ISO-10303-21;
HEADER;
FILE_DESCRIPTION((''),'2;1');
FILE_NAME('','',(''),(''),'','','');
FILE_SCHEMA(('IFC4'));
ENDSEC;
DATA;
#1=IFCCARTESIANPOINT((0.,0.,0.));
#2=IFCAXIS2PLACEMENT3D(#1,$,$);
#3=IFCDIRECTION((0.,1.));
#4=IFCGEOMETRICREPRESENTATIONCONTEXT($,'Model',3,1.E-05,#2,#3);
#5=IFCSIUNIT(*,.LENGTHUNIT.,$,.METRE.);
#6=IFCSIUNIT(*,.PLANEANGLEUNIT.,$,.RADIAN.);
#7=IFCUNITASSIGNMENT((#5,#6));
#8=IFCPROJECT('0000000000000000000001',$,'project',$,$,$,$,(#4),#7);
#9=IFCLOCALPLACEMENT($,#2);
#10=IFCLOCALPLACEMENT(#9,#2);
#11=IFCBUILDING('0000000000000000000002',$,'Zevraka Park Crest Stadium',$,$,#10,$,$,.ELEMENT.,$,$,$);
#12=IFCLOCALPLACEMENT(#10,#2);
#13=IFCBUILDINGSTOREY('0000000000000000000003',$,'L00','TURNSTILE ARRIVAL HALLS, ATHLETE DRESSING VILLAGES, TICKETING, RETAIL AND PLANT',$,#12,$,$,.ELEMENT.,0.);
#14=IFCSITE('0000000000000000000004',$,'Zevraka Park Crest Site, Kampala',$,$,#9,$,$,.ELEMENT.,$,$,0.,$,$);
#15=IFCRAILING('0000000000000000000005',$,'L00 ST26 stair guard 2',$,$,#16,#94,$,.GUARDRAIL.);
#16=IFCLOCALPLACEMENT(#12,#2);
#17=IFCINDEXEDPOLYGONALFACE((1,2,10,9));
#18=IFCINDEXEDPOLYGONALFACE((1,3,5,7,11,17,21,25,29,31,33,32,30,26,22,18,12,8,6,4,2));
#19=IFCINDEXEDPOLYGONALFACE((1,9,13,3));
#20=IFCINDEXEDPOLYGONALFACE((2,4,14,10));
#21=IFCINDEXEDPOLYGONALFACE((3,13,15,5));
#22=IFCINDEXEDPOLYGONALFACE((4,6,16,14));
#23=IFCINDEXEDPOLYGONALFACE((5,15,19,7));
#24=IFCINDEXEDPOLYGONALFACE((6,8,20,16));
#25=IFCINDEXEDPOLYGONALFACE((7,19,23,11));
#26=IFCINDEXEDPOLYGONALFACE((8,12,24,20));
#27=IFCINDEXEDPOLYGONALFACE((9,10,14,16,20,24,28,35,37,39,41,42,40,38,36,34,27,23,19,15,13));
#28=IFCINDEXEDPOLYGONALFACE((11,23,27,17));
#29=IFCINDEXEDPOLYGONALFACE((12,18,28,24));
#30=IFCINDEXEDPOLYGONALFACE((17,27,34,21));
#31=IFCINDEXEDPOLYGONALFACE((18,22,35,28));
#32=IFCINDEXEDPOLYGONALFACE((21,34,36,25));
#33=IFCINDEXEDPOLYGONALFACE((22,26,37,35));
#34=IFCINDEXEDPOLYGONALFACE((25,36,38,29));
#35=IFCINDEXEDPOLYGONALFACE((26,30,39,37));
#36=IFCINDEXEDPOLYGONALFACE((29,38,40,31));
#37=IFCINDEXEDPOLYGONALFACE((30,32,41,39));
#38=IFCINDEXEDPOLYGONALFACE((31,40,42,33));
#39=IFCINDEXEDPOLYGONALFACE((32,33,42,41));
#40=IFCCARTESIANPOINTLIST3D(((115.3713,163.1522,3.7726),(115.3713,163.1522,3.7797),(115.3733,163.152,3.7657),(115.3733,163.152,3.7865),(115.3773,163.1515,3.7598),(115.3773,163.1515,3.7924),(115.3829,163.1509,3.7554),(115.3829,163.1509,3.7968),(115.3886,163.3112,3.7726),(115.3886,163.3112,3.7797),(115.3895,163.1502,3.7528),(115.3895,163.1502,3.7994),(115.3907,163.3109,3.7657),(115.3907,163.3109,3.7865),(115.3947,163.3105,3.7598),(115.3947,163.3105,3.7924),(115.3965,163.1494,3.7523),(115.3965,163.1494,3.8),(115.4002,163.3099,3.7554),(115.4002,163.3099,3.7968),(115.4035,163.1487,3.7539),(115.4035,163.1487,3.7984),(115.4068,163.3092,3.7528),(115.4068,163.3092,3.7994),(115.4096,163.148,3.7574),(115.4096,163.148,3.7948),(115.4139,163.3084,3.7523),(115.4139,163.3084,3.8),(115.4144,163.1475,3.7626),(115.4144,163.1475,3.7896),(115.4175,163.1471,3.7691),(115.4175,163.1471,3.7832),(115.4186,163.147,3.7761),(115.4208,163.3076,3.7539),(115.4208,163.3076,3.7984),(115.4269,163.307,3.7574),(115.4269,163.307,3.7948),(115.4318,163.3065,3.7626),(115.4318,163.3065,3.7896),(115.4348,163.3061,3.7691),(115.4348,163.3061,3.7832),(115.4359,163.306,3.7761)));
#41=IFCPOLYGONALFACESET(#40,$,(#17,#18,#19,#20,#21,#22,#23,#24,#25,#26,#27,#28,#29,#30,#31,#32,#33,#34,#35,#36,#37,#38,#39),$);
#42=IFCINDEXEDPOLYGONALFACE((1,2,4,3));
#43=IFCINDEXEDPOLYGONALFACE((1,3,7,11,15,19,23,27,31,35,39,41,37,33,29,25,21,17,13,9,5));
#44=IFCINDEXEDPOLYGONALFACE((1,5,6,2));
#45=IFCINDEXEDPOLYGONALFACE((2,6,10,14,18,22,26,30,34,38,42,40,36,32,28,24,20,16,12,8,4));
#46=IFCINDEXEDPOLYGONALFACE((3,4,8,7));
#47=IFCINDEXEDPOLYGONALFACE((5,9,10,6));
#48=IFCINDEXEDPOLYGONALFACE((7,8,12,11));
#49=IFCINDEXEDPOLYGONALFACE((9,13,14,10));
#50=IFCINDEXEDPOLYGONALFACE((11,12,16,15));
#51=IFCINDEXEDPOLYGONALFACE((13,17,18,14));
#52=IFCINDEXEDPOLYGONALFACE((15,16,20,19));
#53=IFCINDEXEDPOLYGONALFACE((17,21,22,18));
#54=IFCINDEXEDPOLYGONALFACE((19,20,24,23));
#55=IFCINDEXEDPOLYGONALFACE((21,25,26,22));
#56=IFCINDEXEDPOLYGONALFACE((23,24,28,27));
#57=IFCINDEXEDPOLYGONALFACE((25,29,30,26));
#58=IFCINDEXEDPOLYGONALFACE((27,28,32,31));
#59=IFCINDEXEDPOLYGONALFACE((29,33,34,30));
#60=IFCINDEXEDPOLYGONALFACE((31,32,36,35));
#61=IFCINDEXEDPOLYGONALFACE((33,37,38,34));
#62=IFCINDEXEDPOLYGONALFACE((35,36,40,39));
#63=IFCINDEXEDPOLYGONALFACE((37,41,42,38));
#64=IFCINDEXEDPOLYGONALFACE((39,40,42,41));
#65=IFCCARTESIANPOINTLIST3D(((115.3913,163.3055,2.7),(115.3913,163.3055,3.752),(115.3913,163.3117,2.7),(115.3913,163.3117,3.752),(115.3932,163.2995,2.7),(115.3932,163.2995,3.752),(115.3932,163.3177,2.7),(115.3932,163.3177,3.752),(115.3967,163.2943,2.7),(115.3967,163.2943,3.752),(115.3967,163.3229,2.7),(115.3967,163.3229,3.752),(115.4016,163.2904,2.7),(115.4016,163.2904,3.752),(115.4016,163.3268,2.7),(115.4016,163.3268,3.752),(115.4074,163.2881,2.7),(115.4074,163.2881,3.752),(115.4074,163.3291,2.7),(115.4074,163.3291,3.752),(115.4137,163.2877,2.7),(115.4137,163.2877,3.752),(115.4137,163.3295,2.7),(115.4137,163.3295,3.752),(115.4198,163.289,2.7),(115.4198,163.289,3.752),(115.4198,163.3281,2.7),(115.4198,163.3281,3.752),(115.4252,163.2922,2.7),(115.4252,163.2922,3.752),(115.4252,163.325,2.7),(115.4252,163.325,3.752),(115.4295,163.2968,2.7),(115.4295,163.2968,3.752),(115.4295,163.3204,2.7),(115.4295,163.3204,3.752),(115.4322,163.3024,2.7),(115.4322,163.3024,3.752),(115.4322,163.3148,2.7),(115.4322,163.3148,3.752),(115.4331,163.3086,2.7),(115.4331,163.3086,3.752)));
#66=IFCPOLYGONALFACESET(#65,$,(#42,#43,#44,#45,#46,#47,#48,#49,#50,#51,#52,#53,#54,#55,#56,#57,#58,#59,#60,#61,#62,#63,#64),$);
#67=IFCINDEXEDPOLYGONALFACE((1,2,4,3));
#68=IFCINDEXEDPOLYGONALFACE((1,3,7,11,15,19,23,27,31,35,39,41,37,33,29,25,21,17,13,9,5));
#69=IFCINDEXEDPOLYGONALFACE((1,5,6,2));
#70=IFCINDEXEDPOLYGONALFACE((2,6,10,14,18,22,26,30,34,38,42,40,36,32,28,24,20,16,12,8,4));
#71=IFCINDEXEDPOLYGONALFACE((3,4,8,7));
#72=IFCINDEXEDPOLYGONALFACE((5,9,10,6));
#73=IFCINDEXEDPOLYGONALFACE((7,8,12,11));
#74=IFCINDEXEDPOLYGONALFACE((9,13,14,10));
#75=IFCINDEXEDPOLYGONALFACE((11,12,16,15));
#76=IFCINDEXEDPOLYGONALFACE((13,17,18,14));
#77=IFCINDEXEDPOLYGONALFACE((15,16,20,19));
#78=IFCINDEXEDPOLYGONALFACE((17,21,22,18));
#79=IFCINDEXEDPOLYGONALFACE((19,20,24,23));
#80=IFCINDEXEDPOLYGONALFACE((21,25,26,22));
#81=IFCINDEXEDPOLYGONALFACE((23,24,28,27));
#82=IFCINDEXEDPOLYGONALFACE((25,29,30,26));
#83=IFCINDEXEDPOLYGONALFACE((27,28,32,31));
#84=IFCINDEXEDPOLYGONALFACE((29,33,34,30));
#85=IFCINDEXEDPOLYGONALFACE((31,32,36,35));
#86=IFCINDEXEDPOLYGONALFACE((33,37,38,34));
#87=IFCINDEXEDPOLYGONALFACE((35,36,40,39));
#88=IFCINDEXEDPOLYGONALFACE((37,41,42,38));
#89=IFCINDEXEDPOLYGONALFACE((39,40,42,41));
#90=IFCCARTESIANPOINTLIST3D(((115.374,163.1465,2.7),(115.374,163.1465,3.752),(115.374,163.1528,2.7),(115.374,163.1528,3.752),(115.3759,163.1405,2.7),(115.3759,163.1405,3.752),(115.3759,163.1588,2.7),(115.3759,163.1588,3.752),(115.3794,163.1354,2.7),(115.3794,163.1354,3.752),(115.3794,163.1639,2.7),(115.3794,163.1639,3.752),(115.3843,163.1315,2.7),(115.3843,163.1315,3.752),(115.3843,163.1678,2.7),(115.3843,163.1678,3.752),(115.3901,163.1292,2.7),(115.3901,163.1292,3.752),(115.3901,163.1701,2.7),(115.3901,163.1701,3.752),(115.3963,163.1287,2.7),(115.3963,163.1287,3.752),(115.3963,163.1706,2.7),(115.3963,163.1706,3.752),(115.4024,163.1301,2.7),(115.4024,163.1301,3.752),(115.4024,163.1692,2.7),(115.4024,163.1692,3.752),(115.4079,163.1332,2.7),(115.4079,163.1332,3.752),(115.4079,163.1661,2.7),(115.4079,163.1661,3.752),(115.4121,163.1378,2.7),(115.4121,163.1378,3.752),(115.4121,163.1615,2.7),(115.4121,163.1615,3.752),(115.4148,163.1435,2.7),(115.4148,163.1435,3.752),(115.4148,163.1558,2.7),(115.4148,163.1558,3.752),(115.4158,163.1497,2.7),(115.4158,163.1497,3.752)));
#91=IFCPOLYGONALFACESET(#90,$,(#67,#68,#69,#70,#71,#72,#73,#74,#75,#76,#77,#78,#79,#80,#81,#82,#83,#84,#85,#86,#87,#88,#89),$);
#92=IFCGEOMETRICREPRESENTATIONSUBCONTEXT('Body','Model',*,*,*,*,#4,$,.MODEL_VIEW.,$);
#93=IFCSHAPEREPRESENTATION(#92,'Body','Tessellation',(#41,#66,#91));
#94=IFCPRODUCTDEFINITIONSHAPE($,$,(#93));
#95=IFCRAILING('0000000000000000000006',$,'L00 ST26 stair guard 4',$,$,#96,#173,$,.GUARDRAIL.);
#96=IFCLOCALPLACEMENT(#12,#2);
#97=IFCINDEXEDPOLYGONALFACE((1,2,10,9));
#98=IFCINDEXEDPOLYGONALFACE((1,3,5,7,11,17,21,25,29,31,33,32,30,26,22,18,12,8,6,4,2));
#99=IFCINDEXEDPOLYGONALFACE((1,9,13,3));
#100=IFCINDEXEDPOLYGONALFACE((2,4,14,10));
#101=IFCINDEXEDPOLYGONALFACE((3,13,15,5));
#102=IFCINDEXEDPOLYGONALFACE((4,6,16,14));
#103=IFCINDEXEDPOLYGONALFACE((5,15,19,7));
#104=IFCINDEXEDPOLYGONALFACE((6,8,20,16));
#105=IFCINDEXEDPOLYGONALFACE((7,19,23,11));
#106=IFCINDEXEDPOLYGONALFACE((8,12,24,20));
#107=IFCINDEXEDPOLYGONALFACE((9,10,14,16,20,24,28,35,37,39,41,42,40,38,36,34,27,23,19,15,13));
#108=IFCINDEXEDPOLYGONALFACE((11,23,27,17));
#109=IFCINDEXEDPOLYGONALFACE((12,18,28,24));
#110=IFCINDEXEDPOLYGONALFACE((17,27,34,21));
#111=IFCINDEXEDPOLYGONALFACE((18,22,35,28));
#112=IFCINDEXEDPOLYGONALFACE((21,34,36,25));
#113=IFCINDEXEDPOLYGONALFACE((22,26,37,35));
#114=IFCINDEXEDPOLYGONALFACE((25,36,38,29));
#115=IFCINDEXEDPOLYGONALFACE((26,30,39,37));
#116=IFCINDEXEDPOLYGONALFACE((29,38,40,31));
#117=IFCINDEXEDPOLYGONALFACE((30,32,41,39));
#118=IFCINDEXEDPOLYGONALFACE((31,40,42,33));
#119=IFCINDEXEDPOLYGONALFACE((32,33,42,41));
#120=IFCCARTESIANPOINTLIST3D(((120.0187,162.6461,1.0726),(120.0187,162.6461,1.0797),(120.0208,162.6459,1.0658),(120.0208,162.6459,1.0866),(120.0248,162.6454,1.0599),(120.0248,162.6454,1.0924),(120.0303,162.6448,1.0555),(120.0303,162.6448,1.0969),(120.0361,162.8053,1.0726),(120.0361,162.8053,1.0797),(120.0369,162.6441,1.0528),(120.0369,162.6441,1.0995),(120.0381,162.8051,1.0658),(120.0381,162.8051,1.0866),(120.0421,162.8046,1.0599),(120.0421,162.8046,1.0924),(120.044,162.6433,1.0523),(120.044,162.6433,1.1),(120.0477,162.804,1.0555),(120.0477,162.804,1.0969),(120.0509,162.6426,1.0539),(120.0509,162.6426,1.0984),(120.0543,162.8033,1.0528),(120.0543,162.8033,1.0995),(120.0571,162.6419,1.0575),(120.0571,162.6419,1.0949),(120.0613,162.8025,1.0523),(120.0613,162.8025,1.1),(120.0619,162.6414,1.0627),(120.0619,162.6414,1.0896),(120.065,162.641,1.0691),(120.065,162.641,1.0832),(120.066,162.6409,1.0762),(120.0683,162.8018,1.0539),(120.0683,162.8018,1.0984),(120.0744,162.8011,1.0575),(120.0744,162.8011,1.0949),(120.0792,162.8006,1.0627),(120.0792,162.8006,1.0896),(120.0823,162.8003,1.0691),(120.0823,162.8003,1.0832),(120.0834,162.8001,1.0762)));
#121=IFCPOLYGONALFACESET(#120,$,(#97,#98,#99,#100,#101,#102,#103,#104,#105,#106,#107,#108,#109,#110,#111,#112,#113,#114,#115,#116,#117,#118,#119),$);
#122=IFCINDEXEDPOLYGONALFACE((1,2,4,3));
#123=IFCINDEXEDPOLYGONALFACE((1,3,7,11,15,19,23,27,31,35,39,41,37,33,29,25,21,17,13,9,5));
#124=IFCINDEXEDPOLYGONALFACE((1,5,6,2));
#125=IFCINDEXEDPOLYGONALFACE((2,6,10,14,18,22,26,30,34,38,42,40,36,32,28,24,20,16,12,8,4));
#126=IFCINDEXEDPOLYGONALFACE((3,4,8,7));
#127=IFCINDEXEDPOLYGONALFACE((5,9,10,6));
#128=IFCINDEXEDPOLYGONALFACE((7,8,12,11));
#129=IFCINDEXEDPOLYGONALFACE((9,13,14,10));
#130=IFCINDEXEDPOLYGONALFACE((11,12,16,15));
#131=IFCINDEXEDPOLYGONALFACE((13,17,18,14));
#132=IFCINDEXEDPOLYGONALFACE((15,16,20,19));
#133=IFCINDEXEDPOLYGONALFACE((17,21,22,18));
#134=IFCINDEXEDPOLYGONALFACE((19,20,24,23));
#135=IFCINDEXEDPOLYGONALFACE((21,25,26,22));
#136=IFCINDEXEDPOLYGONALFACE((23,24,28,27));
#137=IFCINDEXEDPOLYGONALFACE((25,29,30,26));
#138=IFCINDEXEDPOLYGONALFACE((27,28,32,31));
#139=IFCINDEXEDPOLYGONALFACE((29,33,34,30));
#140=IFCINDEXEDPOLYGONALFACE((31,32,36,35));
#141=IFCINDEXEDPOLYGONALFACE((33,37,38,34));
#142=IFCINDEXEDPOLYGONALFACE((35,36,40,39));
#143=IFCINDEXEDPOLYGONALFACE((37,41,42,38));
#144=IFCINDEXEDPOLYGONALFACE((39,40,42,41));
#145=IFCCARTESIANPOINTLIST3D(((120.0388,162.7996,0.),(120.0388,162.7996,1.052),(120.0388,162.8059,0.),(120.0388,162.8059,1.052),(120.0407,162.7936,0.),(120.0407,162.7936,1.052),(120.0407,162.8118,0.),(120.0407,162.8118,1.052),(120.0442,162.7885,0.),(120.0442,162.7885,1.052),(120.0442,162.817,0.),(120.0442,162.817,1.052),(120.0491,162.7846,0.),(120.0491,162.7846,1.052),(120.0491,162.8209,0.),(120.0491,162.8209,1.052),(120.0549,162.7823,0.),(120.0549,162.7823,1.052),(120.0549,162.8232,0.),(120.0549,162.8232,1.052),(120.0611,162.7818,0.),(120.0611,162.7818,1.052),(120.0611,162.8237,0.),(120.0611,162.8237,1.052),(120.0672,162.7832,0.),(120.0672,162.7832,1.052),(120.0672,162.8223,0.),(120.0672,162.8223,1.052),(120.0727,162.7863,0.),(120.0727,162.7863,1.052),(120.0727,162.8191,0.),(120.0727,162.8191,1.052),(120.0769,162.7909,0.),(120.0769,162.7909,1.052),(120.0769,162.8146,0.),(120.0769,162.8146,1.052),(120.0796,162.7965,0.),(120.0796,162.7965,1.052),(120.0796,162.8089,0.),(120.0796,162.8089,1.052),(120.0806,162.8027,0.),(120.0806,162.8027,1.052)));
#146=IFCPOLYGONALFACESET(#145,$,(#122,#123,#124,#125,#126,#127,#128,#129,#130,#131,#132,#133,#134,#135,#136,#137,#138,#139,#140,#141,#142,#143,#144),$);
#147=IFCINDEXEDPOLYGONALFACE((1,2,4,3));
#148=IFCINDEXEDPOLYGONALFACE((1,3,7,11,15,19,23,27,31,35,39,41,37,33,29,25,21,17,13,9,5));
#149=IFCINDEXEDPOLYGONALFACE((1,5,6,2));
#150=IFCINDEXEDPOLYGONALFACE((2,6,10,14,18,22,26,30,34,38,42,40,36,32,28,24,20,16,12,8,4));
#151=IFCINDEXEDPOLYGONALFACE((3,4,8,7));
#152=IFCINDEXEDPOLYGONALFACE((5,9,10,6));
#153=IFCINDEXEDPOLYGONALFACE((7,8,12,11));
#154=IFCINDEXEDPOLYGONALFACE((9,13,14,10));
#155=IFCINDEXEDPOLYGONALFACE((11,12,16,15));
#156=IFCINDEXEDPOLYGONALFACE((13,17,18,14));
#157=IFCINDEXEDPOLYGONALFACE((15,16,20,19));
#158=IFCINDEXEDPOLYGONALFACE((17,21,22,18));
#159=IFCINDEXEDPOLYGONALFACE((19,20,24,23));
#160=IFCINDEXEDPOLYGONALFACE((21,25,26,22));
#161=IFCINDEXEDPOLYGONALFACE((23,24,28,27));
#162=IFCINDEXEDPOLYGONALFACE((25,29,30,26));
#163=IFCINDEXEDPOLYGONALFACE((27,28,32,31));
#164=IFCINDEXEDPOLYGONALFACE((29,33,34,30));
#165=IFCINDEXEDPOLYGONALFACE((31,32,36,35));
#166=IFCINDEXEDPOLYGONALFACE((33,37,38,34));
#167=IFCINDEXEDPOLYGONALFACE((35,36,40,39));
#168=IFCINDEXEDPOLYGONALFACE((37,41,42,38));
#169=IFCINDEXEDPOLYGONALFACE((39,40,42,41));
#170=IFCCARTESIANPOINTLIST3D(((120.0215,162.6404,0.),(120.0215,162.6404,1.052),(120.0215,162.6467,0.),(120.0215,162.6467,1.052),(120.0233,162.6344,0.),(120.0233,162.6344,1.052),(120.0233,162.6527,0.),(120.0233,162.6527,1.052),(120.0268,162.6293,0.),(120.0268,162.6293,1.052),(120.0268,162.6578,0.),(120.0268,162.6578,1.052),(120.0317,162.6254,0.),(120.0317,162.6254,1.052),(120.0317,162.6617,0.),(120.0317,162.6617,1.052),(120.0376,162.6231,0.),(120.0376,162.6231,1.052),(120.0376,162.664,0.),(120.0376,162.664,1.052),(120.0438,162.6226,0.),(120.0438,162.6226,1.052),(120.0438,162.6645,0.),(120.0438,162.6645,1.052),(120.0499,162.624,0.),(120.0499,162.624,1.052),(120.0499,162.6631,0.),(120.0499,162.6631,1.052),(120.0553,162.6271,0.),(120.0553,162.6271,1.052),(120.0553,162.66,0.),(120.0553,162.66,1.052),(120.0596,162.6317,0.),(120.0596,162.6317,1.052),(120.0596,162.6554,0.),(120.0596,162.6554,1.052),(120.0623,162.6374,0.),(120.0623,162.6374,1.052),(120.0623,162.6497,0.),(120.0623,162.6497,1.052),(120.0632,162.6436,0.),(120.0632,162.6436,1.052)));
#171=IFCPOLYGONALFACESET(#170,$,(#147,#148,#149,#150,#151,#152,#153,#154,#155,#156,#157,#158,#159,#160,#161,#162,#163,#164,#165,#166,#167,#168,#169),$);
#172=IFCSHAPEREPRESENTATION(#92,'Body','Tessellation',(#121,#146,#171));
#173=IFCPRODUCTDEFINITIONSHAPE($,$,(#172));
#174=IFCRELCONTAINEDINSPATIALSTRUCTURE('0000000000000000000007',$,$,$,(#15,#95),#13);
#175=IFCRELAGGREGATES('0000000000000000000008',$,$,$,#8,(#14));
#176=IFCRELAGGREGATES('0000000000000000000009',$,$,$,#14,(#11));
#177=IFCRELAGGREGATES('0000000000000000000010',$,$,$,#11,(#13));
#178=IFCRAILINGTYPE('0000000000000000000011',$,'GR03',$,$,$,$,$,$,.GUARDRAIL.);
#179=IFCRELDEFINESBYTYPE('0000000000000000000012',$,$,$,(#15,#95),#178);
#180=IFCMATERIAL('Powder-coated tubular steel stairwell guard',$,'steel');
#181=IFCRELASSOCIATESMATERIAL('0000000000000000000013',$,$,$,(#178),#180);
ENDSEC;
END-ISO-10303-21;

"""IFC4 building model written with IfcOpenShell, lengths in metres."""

from ifc_helpers import new_model, si_unit, direction, frame, origin, origin_2d, place, context, subcontext, project, spatial, circle, extrude, material, type_object, element, save


model = new_model("IFC4")

# Units and contexts
model_context = context("Model", 3, precision=1e-05, world=origin(), true_north=direction((0.0, 1.0)))
body_context = subcontext(model_context, "Body", "Model", "MODEL_VIEW")
ifc_project = project(units=[si_unit("LENGTHUNIT", "METRE"), si_unit("PLANEANGLEUNIT", "RADIAN")], contexts=[model_context])

# Site, building, storey
site_placement = place(None, origin())
site = spatial("IfcSite", under=ifc_project, at=site_placement, Name="Zevraka Park Crest Site, Kampala", CompositionType="ELEMENT", RefElevation=0.0)
building_placement = place(site_placement, origin())
building = spatial("IfcBuilding", under=site, at=building_placement, Name="Zevraka Park Crest Stadium", CompositionType="ELEMENT")
storey_placement = place(building_placement, origin())
storey = spatial("IfcBuildingStorey", under=building, at=storey_placement, Name="L00", Description="TURNSTILE ARRIVAL HALLS, ATHLETE DRESSING VILLAGES, TICKETING, RETAIL AND PLANT", CompositionType="ELEMENT", Elevation=0.0)

# Railings
ifc_material_1 = material(Name="Powder-coated tubular steel stairwell guard", Category="steel")
railing_type_1 = type_object("IfcRailingType", Name="GR03", PredefinedType="GUARDRAIL", material=ifc_material_1)
railing_1_placement = place(storey_placement, frame((115.4121, 163.3086, 2.7)))
element("IfcRailing", 1, at=railing_1_placement, inside=storey, type_object=railing_type_1, Name="L00 ST26 stair guard 2", PredefinedType="GUARDRAIL", context=body_context, shape_type="SweptSolid", body=[
    extrude(circle(Radius=0.0239, at=origin_2d()), frame((0.0, 0.0, 1.0762), z_axis=(-0.10842, -0.994105, 0.0), x_axis=(0.994105, -0.10842, 0.0)), (0.0, 0.0, 1.0), 0.1599),
    extrude(circle(Radius=0.021, at=origin_2d()), origin(), (0.0, 0.0, 1.0), 1.052),
    extrude(circle(Radius=0.021, at=origin_2d()), frame((-0.0173, -0.1589, 0.0)), (0.0, 0.0, 1.0), 1.052),
])
railing_2_placement = place(storey_placement, frame((120.0596, 162.8027, 0.0)))
element("IfcRailing", 2, at=railing_2_placement, inside=storey, type_object=railing_type_1, Name="L00 ST26 stair guard 4", PredefinedType="GUARDRAIL", context=body_context, shape_type="SweptSolid", body=[
    extrude(circle(Radius=0.0239, at=origin_2d()), frame((0.0, 0.0, 1.0762), z_axis=(-0.108256, -0.994123, 0.0), x_axis=(0.994123, -0.108256, 0.0)), (0.0, 0.0, 1.0), 0.1602),
    extrude(circle(Radius=0.021, at=origin_2d()), origin(), (0.0, 0.0, 1.0), 1.052),
    extrude(circle(Radius=0.021, at=origin_2d()), frame((-0.0173, -0.1592, 0.0)), (0.0, 0.0, 1.0), 1.052),
])

save(model, "model.ifc")
